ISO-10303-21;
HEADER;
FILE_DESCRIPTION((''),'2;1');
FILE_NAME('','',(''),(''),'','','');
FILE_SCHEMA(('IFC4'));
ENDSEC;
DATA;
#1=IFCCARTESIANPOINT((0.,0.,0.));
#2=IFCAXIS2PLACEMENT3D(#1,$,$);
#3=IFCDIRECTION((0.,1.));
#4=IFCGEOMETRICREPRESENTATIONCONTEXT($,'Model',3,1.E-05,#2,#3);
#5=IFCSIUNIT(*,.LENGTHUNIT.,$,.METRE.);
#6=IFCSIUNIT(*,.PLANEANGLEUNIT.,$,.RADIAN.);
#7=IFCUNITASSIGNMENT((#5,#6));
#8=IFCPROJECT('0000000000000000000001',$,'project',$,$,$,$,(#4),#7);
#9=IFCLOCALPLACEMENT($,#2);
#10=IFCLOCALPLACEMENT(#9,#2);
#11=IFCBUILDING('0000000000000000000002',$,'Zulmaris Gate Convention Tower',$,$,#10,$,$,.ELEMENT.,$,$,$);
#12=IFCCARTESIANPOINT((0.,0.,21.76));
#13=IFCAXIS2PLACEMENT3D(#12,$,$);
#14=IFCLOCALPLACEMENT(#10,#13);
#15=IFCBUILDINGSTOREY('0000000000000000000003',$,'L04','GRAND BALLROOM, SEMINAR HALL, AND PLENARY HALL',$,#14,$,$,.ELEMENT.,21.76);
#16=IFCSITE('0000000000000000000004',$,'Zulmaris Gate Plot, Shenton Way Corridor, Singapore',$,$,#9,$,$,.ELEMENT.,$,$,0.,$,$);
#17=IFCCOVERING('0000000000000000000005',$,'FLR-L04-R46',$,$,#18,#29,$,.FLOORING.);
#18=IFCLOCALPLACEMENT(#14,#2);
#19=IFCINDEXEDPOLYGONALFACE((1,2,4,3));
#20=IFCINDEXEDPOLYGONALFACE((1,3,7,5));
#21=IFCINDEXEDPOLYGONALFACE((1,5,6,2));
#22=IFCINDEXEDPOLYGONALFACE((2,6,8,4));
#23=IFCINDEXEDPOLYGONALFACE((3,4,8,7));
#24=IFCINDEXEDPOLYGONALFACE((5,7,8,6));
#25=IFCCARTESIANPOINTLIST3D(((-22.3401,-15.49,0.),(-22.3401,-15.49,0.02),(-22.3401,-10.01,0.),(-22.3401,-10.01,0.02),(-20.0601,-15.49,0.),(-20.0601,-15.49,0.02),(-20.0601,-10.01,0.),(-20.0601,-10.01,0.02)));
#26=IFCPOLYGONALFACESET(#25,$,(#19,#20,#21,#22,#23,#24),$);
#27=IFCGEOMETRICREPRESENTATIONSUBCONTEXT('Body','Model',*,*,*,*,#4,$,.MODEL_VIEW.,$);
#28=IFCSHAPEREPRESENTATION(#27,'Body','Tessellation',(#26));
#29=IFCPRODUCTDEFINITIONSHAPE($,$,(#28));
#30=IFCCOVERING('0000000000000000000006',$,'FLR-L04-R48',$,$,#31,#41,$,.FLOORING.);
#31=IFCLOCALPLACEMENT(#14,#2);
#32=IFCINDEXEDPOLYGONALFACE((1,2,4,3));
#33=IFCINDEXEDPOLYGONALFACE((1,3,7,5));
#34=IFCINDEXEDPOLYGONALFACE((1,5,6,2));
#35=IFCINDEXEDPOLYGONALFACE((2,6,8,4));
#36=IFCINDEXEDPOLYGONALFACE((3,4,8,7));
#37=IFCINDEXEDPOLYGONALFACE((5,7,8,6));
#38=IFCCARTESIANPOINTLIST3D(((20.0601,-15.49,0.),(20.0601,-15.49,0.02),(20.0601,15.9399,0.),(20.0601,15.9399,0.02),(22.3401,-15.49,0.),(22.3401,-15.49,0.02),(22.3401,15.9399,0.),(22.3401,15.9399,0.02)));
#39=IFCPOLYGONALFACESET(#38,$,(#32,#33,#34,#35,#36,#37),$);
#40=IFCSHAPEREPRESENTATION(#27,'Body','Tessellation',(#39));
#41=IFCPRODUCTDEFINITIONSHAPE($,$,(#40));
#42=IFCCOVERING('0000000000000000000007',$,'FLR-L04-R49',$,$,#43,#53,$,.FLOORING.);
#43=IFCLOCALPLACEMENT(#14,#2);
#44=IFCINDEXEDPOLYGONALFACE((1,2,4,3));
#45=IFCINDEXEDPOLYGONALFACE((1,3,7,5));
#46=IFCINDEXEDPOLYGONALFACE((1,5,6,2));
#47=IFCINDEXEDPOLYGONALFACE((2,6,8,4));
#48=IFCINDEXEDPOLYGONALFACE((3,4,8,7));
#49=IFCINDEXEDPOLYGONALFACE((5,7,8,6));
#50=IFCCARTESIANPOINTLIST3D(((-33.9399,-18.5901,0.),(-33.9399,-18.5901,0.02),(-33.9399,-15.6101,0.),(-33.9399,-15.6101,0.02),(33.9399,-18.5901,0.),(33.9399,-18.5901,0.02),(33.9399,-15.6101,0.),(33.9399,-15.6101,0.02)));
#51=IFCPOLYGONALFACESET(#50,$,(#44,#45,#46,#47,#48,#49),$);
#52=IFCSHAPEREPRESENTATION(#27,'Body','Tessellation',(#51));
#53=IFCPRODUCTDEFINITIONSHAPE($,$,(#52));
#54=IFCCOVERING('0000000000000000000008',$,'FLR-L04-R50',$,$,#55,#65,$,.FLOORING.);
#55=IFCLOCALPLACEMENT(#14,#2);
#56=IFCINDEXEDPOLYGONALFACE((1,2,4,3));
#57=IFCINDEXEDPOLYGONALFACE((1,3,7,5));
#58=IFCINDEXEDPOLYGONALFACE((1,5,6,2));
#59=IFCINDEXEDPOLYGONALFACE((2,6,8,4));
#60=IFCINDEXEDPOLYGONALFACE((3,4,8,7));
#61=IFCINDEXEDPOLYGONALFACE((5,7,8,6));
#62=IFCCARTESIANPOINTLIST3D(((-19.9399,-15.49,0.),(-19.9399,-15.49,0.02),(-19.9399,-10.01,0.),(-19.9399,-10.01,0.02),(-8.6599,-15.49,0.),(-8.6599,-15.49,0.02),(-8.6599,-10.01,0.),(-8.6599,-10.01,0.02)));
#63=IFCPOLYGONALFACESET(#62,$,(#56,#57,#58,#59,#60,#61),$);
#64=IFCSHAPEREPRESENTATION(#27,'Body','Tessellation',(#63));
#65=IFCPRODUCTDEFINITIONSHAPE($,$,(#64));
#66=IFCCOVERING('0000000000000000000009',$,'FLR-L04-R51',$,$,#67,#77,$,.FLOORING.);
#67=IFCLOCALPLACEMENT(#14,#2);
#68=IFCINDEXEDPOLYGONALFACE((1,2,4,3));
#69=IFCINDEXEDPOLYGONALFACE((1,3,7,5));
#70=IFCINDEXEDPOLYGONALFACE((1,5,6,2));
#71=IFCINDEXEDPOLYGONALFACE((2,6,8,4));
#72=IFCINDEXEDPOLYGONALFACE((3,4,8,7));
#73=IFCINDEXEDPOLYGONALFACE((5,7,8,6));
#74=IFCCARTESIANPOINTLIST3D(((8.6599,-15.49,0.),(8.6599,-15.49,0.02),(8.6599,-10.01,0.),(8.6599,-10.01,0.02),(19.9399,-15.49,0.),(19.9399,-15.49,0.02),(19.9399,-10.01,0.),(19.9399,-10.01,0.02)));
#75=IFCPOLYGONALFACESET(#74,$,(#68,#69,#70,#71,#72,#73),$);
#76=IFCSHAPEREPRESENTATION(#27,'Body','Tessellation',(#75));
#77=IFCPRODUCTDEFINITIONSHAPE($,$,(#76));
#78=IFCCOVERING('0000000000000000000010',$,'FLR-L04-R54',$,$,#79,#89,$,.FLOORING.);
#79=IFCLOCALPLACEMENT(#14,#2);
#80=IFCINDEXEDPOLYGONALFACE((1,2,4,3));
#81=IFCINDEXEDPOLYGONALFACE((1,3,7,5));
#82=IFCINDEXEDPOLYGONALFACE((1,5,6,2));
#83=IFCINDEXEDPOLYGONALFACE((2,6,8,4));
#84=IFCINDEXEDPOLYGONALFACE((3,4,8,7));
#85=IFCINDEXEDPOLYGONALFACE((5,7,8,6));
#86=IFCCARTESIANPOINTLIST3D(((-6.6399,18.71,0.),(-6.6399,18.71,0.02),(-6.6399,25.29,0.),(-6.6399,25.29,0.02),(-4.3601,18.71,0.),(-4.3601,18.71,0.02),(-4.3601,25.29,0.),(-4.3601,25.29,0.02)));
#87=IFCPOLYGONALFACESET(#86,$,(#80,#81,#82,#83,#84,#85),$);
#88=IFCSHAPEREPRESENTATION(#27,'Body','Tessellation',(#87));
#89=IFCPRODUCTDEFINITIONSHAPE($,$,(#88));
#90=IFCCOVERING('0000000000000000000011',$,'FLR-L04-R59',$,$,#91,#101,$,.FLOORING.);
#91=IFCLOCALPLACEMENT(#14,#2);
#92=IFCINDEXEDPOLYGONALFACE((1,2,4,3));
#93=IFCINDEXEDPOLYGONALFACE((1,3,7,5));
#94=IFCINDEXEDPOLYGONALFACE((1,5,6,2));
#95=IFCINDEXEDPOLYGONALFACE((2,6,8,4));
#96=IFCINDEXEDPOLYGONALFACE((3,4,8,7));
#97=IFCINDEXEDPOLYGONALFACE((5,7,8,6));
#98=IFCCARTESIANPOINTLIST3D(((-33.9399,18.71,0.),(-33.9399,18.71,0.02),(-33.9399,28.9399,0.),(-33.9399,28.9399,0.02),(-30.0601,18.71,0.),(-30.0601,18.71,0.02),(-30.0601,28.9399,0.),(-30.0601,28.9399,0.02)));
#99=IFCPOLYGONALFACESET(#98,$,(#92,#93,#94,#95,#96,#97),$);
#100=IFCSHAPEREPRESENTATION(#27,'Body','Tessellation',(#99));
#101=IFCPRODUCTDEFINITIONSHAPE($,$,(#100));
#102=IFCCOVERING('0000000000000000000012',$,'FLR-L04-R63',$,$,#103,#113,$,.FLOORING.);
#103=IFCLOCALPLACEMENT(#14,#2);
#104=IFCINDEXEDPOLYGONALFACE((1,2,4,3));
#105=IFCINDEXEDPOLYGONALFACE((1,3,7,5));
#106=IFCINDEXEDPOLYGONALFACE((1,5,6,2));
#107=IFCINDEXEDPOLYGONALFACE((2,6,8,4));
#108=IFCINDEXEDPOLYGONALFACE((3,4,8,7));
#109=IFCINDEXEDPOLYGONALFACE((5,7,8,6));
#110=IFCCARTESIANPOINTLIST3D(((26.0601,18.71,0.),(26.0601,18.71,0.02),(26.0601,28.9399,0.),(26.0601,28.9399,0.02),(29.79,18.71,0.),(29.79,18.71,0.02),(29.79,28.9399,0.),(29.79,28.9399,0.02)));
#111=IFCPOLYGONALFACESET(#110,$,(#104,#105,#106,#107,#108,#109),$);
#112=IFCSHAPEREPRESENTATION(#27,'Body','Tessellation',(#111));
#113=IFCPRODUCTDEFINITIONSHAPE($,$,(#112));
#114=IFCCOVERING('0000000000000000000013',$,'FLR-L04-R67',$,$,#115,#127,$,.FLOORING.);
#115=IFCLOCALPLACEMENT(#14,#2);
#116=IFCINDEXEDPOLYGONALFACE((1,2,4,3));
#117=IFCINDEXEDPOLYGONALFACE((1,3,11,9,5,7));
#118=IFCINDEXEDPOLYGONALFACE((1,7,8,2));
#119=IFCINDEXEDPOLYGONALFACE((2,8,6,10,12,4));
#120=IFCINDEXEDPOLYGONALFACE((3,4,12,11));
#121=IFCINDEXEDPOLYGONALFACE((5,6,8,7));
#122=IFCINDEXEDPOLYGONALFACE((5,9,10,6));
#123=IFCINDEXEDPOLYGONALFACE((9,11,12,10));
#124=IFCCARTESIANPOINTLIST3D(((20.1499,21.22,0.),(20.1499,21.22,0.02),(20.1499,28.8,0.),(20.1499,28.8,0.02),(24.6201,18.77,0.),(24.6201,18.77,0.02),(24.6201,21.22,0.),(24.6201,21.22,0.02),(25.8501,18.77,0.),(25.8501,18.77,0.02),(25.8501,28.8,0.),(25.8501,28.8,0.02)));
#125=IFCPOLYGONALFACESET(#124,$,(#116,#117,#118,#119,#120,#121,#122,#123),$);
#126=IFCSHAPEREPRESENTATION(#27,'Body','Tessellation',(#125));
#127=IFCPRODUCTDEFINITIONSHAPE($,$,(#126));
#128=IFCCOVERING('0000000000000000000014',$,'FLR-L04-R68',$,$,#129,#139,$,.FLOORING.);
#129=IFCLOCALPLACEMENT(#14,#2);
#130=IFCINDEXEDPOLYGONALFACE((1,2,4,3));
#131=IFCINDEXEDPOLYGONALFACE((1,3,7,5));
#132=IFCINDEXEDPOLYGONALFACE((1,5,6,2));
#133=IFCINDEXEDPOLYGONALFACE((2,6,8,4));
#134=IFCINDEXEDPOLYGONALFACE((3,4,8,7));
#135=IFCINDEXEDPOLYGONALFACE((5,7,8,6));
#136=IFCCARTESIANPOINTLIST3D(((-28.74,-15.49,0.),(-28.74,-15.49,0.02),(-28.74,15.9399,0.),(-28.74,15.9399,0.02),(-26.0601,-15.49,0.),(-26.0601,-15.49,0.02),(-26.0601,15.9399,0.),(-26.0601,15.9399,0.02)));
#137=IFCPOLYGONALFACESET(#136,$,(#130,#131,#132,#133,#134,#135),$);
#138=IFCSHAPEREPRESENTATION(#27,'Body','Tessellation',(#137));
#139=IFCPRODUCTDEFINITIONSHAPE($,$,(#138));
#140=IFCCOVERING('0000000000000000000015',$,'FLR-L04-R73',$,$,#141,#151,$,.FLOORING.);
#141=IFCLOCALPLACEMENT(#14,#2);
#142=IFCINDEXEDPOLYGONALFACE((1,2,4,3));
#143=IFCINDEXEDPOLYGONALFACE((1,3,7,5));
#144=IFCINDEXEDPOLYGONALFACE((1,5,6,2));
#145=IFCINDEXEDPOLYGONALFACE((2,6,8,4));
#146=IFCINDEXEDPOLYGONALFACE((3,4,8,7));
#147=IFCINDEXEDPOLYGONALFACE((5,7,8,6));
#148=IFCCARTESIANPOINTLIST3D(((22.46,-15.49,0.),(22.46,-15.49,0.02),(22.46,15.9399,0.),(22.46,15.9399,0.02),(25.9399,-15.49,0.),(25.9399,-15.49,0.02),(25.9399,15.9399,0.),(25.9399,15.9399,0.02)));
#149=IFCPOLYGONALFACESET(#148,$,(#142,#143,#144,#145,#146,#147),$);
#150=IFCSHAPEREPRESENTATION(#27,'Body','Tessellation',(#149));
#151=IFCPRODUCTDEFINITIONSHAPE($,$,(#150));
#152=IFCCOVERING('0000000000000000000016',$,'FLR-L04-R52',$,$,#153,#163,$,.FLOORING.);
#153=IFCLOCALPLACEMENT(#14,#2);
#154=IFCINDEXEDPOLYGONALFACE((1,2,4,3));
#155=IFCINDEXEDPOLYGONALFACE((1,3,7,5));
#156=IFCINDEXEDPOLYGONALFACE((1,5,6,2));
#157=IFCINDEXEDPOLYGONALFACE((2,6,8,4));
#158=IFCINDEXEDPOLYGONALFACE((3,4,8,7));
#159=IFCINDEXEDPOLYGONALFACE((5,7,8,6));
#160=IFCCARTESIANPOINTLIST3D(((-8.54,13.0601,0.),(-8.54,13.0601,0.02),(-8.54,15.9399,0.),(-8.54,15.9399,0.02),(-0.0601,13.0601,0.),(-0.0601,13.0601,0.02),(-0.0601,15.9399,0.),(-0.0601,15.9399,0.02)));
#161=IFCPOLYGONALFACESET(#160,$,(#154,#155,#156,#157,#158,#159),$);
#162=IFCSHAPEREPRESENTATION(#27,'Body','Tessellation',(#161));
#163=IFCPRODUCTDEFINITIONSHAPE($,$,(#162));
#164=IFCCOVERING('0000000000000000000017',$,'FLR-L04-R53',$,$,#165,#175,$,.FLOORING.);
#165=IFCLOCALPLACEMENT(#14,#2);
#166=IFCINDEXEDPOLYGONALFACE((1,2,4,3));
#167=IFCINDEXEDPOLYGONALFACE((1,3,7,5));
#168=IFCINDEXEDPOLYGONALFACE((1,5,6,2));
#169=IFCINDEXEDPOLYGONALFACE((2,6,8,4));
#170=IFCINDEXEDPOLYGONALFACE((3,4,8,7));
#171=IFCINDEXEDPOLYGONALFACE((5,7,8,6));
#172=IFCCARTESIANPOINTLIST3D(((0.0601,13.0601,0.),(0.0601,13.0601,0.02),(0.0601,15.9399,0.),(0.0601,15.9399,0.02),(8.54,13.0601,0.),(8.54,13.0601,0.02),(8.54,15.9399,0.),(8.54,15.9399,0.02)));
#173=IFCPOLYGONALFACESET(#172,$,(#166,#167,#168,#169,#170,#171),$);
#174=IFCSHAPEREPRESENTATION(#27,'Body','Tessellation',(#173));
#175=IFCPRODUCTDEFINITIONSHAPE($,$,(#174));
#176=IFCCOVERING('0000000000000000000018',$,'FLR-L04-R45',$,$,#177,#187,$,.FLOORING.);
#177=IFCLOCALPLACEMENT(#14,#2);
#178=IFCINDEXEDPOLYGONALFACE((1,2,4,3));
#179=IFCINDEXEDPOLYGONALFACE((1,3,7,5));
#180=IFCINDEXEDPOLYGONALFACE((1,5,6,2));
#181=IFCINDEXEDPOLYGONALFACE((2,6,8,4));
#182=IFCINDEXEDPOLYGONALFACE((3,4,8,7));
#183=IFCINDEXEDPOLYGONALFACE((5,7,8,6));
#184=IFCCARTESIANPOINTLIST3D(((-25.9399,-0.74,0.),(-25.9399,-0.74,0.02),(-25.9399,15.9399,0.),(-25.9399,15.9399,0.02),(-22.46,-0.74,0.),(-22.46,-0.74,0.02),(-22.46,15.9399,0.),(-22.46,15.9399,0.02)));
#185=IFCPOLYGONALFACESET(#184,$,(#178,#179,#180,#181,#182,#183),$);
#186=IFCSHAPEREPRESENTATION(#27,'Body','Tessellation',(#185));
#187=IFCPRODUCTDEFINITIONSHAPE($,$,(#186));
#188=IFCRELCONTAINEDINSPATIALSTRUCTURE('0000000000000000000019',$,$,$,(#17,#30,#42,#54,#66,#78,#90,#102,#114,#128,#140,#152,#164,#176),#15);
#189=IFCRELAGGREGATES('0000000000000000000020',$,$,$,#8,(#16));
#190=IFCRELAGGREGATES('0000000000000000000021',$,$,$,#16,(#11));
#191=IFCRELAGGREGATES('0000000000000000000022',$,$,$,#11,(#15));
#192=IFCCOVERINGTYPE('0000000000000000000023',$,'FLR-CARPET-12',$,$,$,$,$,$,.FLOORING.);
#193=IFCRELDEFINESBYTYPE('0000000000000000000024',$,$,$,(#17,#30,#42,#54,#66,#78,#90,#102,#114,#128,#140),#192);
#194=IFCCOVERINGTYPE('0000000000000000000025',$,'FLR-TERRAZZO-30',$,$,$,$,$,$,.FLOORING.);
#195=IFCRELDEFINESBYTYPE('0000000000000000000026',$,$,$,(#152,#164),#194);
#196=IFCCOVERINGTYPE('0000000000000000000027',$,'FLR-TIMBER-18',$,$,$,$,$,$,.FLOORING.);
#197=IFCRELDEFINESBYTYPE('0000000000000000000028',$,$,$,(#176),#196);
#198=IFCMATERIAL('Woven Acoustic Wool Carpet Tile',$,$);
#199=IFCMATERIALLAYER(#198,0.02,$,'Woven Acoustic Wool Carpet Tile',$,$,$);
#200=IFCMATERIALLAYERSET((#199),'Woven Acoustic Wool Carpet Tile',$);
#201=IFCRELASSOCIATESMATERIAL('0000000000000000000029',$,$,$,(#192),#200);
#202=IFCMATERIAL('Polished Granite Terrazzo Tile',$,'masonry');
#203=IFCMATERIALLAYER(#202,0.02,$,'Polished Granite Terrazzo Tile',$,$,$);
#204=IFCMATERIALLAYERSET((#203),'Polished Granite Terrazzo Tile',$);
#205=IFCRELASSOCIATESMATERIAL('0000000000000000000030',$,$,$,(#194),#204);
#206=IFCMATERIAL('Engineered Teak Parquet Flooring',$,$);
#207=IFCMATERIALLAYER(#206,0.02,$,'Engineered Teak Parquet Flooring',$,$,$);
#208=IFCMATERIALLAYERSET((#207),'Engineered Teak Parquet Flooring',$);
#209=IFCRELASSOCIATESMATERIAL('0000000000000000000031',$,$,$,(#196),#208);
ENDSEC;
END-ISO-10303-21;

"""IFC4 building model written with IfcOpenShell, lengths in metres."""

from ifc_helpers import new_model, si_unit, direction, frame, origin, place, context, subcontext, project, spatial, polyline, outline, extrude, material, layer, layer_set, type_object, element, save


model = new_model("IFC4")

# Units and contexts
model_context = context("Model", 3, precision=1e-05, world=origin(), true_north=direction((0.0, 1.0)))
body_context = subcontext(model_context, "Body", "Model", "MODEL_VIEW")
ifc_project = project(units=[si_unit("LENGTHUNIT", "METRE"), si_unit("PLANEANGLEUNIT", "RADIAN")], contexts=[model_context])

# Site, building, storey
site_placement = place(None, origin())
site = spatial("IfcSite", under=ifc_project, at=site_placement, Name="Zulmaris Gate Plot, Shenton Way Corridor, Singapore", CompositionType="ELEMENT", RefElevation=0.0)
building_placement = place(site_placement, origin())
building = spatial("IfcBuilding", under=site, at=building_placement, Name="Zulmaris Gate Convention Tower", CompositionType="ELEMENT")
storey_placement = place(building_placement, frame((0.0, 0.0, 21.76)))
storey = spatial("IfcBuildingStorey", under=building, at=storey_placement, Name="L04", Description="GRAND BALLROOM, SEMINAR HALL, AND PLENARY HALL", CompositionType="ELEMENT", Elevation=21.76)

# Coverings
ifc_material_1 = material(Name="Woven Acoustic Wool Carpet Tile")
ifc_layer_1 = layer(ifc_material_1, 0.02, Name="Woven Acoustic Wool Carpet Tile")
ifc_layer_set_1 = layer_set([ifc_layer_1], Name="Woven Acoustic Wool Carpet Tile")
covering_type_1 = type_object("IfcCoveringType", Name="FLR-CARPET-12", PredefinedType="FLOORING", material=ifc_layer_set_1)
covering_1_placement = place(storey_placement, origin())
element("IfcCovering", 1, at=covering_1_placement, inside=storey, type_object=covering_type_1, Name="FLR-L04-R46", PredefinedType="FLOORING", context=body_context, shape_type="SweptSolid", body=[
    extrude(outline(polyline([(-22.3401, -15.49), (-20.0601, -15.49), (-20.0601, -10.01), (-22.3401, -10.01), (-22.3401, -15.49)])), origin(), (0.0, 0.0, 1.0), 0.02),
])
covering_2_placement = place(storey_placement, origin())
element("IfcCovering", 2, at=covering_2_placement, inside=storey, type_object=covering_type_1, Name="FLR-L04-R48", PredefinedType="FLOORING", context=body_context, shape_type="SweptSolid", body=[
    extrude(outline(polyline([(20.0601, -15.49), (22.3401, -15.49), (22.3401, 15.9399), (20.0601, 15.9399), (20.0601, -15.49)])), origin(), (0.0, 0.0, 1.0), 0.02),
])
covering_3_placement = place(storey_placement, origin())
element("IfcCovering", 3, at=covering_3_placement, inside=storey, type_object=covering_type_1, Name="FLR-L04-R49", PredefinedType="FLOORING", context=body_context, shape_type="SweptSolid", body=[
    extrude(outline(polyline([(-33.9399, -18.5901), (33.9399, -18.5901), (33.9399, -15.6101), (-33.9399, -15.6101), (-33.9399, -18.5901)])), origin(), (0.0, 0.0, 1.0), 0.02),
])
covering_4_placement = place(storey_placement, origin())
element("IfcCovering", 4, at=covering_4_placement, inside=storey, type_object=covering_type_1, Name="FLR-L04-R50", PredefinedType="FLOORING", context=body_context, shape_type="SweptSolid", body=[
    extrude(outline(polyline([(-19.9399, -15.49), (-8.6599, -15.49), (-8.6599, -10.01), (-19.9399, -10.01), (-19.9399, -15.49)])), origin(), (0.0, 0.0, 1.0), 0.02),
])
covering_5_placement = place(storey_placement, origin())
element("IfcCovering", 5, at=covering_5_placement, inside=storey, type_object=covering_type_1, Name="FLR-L04-R51", PredefinedType="FLOORING", context=body_context, shape_type="SweptSolid", body=[
    extrude(outline(polyline([(8.6599, -15.49), (19.9399, -15.49), (19.9399, -10.01), (8.6599, -10.01), (8.6599, -15.49)])), origin(), (0.0, 0.0, 1.0), 0.02),
])
covering_6_placement = place(storey_placement, origin())
element("IfcCovering", 6, at=covering_6_placement, inside=storey, type_object=covering_type_1, Name="FLR-L04-R54", PredefinedType="FLOORING", context=body_context, shape_type="SweptSolid", body=[
    extrude(outline(polyline([(-6.6399, 18.71), (-4.3601, 18.71), (-4.3601, 25.29), (-6.6399, 25.29), (-6.6399, 18.71)])), origin(), (0.0, 0.0, 1.0), 0.02),
])
covering_7_placement = place(storey_placement, origin())
element("IfcCovering", 7, at=covering_7_placement, inside=storey, type_object=covering_type_1, Name="FLR-L04-R59", PredefinedType="FLOORING", context=body_context, shape_type="SweptSolid", body=[
    extrude(outline(polyline([(-33.9399, 18.71), (-30.0601, 18.71), (-30.0601, 28.9399), (-33.9399, 28.9399), (-33.9399, 18.71)])), origin(), (0.0, 0.0, 1.0), 0.02),
])
covering_8_placement = place(storey_placement, origin())
element("IfcCovering", 8, at=covering_8_placement, inside=storey, type_object=covering_type_1, Name="FLR-L04-R63", PredefinedType="FLOORING", context=body_context, shape_type="SweptSolid", body=[
    extrude(outline(polyline([(26.0601, 18.71), (29.79, 18.71), (29.79, 28.9399), (26.0601, 28.9399), (26.0601, 18.71)])), origin(), (0.0, 0.0, 1.0), 0.02),
])
covering_9_placement = place(storey_placement, origin())
element("IfcCovering", 9, at=covering_9_placement, inside=storey, type_object=covering_type_1, Name="FLR-L04-R67", PredefinedType="FLOORING", context=body_context, shape_type="SweptSolid", body=[
    extrude(outline(polyline([(24.6201, 18.77), (25.8501, 18.77), (25.8501, 28.8), (20.1499, 28.8), (20.1499, 21.22), (24.6201, 21.22), (24.6201, 18.77)])), origin(), (0.0, 0.0, 1.0), 0.02),
])
covering_10_placement = place(storey_placement, origin())
element("IfcCovering", 10, at=covering_10_placement, inside=storey, type_object=covering_type_1, Name="FLR-L04-R68", PredefinedType="FLOORING", context=body_context, shape_type="SweptSolid", body=[
    extrude(outline(polyline([(-28.74, -15.49), (-26.0601, -15.49), (-26.0601, 15.9399), (-28.74, 15.9399), (-28.74, -15.49)])), origin(), (0.0, 0.0, 1.0), 0.02),
])
covering_11_placement = place(storey_placement, origin())
element("IfcCovering", 11, at=covering_11_placement, inside=storey, type_object=covering_type_1, Name="FLR-L04-R73", PredefinedType="FLOORING", context=body_context, shape_type="SweptSolid", body=[
    extrude(outline(polyline([(22.46, -15.49), (25.9399, -15.49), (25.9399, 15.9399), (22.46, 15.9399), (22.46, -15.49)])), origin(), (0.0, 0.0, 1.0), 0.02),
])
ifc_material_2 = material(Name="Polished Granite Terrazzo Tile", Category="masonry")
ifc_layer_2 = layer(ifc_material_2, 0.02, Name="Polished Granite Terrazzo Tile")
ifc_layer_set_2 = layer_set([ifc_layer_2], Name="Polished Granite Terrazzo Tile")
covering_type_2 = type_object("IfcCoveringType", Name="FLR-TERRAZZO-30", PredefinedType="FLOORING", material=ifc_layer_set_2)
covering_12_placement = place(storey_placement, origin())
element("IfcCovering", 12, at=covering_12_placement, inside=storey, type_object=covering_type_2, Name="FLR-L04-R52", PredefinedType="FLOORING", context=body_context, shape_type="SweptSolid", body=[
    extrude(outline(polyline([(-8.54, 13.0601), (-0.0601, 13.0601), (-0.0601, 15.9399), (-8.54, 15.9399), (-8.54, 13.0601)])), origin(), (0.0, 0.0, 1.0), 0.02),
])
covering_13_placement = place(storey_placement, origin())
element("IfcCovering", 13, at=covering_13_placement, inside=storey, type_object=covering_type_2, Name="FLR-L04-R53", PredefinedType="FLOORING", context=body_context, shape_type="SweptSolid", body=[
    extrude(outline(polyline([(0.0601, 13.0601), (8.54, 13.0601), (8.54, 15.9399), (0.0601, 15.9399), (0.0601, 13.0601)])), origin(), (0.0, 0.0, 1.0), 0.02),
])
ifc_material_3 = material(Name="Engineered Teak Parquet Flooring")
ifc_layer_3 = layer(ifc_material_3, 0.02, Name="Engineered Teak Parquet Flooring")
ifc_layer_set_3 = layer_set([ifc_layer_3], Name="Engineered Teak Parquet Flooring")
covering_type_3 = type_object("IfcCoveringType", Name="FLR-TIMBER-18", PredefinedType="FLOORING", material=ifc_layer_set_3)
covering_14_placement = place(storey_placement, origin())
element("IfcCovering", 14, at=covering_14_placement, inside=storey, type_object=covering_type_3, Name="FLR-L04-R45", PredefinedType="FLOORING", context=body_context, shape_type="SweptSolid", body=[
    extrude(outline(polyline([(-25.9399, -0.74), (-22.46, -0.74), (-22.46, 15.9399), (-25.9399, 15.9399), (-25.9399, -0.74)])), origin(), (0.0, 0.0, 1.0), 0.02),
])

save(model, "model.ifc")
